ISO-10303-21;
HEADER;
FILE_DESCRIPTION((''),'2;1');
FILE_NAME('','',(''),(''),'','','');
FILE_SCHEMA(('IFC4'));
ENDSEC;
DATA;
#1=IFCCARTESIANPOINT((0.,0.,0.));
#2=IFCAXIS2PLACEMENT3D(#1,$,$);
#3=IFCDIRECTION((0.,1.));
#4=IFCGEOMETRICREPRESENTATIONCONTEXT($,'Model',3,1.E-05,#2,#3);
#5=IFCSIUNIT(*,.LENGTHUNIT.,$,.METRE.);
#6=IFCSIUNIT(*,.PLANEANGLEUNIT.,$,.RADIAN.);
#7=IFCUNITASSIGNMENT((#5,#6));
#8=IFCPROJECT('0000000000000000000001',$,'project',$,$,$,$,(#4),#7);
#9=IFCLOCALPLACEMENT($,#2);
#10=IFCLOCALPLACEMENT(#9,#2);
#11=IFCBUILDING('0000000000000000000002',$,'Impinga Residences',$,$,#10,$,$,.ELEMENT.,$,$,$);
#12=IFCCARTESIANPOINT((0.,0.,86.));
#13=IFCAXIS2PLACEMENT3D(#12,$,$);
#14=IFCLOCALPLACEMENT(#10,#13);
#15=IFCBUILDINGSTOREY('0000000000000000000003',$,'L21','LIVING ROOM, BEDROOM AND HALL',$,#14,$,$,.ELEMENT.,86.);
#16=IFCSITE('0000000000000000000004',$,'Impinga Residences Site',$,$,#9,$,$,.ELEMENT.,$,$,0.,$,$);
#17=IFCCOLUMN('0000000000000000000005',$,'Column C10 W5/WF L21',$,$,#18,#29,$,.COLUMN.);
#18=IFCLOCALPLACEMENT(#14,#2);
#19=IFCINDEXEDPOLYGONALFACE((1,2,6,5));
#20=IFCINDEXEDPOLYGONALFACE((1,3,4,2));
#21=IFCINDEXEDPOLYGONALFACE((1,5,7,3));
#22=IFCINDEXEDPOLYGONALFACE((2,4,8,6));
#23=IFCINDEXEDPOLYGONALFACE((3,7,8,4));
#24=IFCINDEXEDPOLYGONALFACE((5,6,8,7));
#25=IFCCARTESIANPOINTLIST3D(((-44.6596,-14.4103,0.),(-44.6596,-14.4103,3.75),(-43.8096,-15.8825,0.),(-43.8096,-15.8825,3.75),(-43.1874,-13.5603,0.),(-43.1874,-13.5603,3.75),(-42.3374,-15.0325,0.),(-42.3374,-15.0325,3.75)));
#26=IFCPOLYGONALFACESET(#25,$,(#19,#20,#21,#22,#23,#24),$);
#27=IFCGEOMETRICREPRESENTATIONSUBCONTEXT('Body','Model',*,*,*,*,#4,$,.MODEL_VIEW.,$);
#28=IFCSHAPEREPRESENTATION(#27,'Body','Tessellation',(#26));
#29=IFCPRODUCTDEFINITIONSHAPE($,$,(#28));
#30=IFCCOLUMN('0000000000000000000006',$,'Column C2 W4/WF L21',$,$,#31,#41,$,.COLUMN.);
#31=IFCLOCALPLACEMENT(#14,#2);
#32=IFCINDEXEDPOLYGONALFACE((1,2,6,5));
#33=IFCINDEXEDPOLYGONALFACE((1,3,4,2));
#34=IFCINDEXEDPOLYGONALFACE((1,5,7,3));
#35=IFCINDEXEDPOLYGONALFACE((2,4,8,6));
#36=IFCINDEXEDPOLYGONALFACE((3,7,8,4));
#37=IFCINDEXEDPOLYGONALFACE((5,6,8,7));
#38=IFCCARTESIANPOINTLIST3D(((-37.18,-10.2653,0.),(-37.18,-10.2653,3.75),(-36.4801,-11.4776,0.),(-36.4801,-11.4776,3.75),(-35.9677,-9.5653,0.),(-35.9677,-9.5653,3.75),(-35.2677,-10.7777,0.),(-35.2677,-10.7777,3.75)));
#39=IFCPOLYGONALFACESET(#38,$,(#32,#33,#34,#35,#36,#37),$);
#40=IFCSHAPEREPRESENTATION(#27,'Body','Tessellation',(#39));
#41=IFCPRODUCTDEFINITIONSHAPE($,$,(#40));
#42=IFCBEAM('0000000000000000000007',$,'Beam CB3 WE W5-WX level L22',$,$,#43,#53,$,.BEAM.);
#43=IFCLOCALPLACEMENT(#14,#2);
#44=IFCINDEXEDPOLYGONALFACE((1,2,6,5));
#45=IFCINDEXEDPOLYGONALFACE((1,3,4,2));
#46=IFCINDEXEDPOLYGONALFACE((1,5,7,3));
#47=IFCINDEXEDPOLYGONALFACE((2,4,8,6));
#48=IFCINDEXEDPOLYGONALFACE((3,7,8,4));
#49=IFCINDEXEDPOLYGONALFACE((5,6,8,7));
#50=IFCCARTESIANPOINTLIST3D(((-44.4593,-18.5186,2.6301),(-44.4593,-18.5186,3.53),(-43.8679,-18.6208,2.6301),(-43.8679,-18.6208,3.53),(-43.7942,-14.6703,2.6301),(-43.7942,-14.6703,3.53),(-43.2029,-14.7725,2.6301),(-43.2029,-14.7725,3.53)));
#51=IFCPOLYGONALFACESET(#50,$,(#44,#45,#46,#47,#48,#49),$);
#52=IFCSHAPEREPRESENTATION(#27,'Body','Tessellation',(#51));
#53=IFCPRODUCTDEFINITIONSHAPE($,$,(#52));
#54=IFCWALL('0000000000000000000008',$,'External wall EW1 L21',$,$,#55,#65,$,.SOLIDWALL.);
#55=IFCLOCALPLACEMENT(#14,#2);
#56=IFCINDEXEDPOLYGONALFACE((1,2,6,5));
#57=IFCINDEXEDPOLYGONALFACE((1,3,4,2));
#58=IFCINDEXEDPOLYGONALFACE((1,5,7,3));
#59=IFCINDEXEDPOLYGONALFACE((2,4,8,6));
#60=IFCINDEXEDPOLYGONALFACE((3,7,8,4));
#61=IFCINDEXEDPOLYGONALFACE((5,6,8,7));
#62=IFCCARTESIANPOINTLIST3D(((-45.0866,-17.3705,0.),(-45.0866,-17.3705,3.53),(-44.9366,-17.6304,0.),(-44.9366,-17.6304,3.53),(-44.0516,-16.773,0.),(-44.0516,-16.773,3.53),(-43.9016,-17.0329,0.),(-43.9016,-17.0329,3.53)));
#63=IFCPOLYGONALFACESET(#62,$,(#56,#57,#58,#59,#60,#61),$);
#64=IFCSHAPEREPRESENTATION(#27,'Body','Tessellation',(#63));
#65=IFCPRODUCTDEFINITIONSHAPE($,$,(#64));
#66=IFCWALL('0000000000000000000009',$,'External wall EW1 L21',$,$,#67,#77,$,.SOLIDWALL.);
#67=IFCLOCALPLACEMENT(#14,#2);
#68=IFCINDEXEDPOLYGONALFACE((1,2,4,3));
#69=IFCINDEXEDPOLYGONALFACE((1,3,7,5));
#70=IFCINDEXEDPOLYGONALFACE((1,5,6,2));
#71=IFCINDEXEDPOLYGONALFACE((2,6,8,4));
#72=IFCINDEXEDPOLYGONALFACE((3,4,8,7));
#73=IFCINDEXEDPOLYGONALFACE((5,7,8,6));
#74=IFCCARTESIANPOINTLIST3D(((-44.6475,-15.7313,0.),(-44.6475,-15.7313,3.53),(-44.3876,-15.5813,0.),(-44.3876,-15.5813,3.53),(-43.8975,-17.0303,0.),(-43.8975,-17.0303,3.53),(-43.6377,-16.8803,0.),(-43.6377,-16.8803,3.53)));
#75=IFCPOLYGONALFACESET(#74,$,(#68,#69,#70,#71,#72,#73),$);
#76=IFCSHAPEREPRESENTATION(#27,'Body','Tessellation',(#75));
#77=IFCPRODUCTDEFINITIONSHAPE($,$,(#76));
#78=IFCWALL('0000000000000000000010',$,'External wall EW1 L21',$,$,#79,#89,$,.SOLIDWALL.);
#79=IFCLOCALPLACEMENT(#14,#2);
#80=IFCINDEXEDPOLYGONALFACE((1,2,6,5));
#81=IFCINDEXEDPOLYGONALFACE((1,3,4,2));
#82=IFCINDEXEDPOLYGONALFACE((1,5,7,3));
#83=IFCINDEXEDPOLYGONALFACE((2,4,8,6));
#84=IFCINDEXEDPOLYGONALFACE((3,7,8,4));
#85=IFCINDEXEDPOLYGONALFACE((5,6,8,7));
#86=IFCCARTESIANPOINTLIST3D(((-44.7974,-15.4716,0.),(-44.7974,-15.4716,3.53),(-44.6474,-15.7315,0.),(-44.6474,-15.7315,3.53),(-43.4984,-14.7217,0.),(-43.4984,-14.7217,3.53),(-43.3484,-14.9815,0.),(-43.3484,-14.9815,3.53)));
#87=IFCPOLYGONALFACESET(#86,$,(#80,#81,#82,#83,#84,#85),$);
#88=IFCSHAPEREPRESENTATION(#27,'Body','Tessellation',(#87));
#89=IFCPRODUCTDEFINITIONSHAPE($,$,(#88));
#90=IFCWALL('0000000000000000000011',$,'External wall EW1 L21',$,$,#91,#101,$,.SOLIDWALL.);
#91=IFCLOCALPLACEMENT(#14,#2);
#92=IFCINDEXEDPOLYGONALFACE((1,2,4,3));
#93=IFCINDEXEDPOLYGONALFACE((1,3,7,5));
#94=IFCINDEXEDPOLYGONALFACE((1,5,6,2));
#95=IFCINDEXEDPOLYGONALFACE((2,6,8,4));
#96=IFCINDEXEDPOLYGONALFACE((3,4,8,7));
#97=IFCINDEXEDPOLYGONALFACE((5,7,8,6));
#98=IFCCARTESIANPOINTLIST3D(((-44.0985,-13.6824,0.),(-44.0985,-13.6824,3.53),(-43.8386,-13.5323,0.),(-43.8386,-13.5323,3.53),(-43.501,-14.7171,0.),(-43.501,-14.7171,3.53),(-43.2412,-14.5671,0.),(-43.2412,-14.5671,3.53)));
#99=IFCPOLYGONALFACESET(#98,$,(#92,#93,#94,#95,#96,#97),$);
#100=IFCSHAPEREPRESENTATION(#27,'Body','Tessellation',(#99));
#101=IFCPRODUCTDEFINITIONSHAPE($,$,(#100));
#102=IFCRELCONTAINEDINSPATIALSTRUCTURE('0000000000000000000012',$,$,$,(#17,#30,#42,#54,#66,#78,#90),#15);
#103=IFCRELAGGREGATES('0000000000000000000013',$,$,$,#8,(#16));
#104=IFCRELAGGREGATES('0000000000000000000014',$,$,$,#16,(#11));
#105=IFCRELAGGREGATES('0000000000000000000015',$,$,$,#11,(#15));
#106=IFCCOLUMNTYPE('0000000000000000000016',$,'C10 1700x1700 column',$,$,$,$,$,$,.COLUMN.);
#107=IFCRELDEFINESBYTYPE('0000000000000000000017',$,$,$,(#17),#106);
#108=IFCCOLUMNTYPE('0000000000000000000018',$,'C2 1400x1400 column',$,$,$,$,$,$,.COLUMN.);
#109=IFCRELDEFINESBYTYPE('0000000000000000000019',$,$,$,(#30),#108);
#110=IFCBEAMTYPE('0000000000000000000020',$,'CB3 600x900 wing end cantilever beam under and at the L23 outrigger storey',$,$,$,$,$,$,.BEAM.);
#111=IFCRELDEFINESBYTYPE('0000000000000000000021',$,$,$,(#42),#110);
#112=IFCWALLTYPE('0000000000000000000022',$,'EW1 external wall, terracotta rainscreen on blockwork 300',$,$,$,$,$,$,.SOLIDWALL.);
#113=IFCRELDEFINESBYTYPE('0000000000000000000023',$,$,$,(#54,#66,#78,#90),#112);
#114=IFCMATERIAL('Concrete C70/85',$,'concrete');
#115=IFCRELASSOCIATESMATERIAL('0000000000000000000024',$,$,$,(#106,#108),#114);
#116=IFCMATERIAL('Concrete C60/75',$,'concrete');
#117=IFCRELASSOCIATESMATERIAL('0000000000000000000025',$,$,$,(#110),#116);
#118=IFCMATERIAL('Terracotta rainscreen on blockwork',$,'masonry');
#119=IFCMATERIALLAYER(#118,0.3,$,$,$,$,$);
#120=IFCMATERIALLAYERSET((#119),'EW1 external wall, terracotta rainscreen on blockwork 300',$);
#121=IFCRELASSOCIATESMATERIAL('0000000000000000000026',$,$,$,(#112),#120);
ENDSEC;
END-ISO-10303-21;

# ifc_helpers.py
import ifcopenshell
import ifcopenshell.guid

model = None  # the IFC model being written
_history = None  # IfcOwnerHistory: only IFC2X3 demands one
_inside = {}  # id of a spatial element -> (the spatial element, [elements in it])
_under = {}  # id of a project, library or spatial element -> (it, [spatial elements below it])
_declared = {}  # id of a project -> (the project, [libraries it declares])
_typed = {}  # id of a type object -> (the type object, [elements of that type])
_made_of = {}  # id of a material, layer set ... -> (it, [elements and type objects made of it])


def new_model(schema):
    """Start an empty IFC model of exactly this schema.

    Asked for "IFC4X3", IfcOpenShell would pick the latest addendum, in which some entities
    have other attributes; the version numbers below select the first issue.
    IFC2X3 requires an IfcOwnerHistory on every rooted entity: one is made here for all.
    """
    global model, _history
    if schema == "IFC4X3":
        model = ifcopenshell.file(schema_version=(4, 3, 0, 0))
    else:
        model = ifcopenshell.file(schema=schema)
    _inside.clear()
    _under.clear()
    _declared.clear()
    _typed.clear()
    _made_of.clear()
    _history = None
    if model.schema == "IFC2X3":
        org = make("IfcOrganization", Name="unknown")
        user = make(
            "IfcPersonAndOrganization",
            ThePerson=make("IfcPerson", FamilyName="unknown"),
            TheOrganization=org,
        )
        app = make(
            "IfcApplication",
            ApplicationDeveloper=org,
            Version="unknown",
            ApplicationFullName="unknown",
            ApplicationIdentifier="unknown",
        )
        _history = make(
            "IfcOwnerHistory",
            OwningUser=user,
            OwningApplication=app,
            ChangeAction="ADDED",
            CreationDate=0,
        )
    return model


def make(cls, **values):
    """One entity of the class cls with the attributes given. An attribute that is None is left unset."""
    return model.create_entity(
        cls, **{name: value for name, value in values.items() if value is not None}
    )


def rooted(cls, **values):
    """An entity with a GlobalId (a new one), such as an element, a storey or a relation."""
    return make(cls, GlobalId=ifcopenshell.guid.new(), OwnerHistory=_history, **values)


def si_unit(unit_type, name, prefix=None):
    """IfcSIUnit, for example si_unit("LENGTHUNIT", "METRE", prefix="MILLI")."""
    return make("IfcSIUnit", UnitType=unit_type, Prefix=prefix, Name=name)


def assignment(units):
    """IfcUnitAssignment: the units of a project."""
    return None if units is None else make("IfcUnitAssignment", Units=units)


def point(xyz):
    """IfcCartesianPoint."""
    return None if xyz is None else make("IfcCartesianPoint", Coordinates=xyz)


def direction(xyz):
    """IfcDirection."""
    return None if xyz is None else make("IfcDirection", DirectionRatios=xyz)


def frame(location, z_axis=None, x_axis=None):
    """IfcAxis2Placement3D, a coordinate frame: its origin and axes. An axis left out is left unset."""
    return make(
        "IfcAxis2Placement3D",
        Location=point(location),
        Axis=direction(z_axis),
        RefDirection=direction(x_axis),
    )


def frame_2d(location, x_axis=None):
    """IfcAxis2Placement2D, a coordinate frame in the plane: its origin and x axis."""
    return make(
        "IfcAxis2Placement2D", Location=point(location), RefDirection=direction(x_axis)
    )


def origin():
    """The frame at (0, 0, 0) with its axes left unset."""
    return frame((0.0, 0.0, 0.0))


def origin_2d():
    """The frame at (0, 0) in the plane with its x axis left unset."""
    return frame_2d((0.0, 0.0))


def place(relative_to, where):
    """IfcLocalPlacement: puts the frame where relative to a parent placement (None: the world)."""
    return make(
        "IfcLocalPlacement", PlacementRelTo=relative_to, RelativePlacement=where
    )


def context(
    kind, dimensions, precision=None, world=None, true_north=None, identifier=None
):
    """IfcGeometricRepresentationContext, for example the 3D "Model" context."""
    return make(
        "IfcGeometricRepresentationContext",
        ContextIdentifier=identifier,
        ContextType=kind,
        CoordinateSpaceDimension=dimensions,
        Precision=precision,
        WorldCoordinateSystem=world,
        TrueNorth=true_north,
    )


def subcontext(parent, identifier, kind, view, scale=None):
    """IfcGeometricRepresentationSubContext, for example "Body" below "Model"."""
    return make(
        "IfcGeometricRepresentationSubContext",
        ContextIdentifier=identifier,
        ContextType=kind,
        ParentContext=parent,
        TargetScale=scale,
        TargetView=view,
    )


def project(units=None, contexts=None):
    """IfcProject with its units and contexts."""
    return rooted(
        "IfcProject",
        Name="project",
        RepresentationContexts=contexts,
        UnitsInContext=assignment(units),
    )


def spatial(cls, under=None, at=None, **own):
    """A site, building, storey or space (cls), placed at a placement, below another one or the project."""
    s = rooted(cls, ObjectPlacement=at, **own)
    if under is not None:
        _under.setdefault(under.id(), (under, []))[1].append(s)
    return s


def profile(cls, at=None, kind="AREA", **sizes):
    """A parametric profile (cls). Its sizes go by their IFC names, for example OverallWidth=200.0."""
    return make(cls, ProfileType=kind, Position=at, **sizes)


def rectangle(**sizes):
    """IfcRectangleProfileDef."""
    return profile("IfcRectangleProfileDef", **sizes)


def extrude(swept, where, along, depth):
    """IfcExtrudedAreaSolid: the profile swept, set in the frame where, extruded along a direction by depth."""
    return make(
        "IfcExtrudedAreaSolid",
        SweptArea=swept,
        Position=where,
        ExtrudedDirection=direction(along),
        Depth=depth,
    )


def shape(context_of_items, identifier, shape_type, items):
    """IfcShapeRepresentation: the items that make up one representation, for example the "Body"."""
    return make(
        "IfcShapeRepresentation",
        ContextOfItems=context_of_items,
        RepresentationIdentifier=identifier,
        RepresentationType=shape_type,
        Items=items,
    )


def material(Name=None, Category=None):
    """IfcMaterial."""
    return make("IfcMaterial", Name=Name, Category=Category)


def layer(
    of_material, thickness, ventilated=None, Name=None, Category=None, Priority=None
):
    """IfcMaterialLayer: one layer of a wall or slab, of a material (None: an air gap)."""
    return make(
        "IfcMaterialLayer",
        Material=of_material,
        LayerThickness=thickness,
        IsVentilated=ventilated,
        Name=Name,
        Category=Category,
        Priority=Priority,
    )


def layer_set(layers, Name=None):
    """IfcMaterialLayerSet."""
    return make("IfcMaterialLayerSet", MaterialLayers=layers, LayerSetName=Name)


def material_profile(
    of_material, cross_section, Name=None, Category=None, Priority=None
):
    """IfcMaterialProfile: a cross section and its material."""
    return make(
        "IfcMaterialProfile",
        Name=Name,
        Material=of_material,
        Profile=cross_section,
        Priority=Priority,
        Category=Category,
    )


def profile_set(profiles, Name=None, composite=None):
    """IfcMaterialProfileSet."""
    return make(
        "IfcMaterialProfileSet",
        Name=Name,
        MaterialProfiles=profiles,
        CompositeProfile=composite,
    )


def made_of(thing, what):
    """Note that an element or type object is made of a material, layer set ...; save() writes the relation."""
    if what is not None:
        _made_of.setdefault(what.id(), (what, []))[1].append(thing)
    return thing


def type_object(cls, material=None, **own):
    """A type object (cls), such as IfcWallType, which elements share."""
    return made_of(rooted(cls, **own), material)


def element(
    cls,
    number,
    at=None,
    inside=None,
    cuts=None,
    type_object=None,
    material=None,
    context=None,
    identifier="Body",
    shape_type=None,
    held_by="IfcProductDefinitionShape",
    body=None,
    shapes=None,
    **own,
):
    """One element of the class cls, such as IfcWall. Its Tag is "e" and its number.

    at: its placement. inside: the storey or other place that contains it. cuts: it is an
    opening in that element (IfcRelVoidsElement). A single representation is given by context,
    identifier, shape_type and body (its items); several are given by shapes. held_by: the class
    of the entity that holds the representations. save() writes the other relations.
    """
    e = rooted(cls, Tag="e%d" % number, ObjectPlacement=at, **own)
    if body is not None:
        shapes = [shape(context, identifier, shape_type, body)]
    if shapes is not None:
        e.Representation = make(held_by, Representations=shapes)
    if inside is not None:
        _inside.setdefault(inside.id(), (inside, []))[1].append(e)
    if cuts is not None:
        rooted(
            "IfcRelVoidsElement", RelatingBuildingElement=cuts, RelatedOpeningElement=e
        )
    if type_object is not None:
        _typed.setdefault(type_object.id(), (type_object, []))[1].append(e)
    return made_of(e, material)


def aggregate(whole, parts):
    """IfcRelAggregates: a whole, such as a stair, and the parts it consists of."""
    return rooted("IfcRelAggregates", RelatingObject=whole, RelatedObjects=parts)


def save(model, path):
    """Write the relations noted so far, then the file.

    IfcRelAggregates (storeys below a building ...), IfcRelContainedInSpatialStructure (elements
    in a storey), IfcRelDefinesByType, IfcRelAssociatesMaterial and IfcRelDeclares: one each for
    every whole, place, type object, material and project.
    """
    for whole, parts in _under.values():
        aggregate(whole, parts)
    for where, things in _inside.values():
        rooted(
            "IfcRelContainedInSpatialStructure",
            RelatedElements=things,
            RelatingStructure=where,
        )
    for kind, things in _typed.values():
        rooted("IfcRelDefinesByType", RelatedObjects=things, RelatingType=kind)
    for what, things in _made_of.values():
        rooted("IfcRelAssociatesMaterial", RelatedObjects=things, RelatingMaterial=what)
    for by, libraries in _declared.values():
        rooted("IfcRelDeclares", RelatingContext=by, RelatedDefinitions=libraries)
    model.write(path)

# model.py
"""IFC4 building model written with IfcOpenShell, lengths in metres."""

from ifc_helpers import new_model, si_unit, direction, frame, frame_2d, origin, origin_2d, place, context, subcontext, project, spatial, rectangle, extrude, material, layer, layer_set, material_profile, profile_set, type_object, element, save


model = new_model("IFC4")

# Units and contexts
model_context = context("Model", 3, precision=1e-05, world=origin(), true_north=direction((0.0, 1.0)))
body_context = subcontext(model_context, "Body", "Model", "MODEL_VIEW")
ifc_project = project(units=[si_unit("LENGTHUNIT", "METRE"), si_unit("PLANEANGLEUNIT", "RADIAN")], contexts=[model_context])

# Site, building, storey
site_placement = place(None, origin())
site = spatial("IfcSite", under=ifc_project, at=site_placement, Name="Impinga Residences Site", CompositionType="ELEMENT", RefElevation=0.0)
building_placement = place(site_placement, origin())
building = spatial("IfcBuilding", under=site, at=building_placement, Name="Impinga Residences", CompositionType="ELEMENT")
storey_placement = place(building_placement, frame((0.0, 0.0, 86.0)))
storey = spatial("IfcBuildingStorey", under=building, at=storey_placement, Name="L21", Description="LIVING ROOM, BEDROOM AND HALL", CompositionType="ELEMENT", Elevation=86.0)

# Columns
ifc_material_1 = material(Name="Concrete C70/85", Category="concrete")
ifc_material_profile_1 = material_profile(ifc_material_1, rectangle(XDim=1.7, YDim=1.7, at=origin_2d()), Name="RC 1700x1700")
ifc_profile_set_1 = profile_set([ifc_material_profile_1], Name="Concrete C70/85")
column_type_1 = type_object("IfcColumnType", Name="C10 1700x1700 column", PredefinedType="COLUMN", material=ifc_profile_set_1)
column_1_placement = place(storey_placement, frame((-43.4985, -14.7214, 0.0), z_axis=(0.0, 0.0, 1.0), x_axis=(-0.5, 0.866025, 0.0)))
element("IfcColumn", 1, at=column_1_placement, inside=storey, type_object=column_type_1, Name="Column C10 W5/WF L21", PredefinedType="COLUMN", context=body_context, shape_type="SweptSolid", body=[
    extrude(rectangle(XDim=1.7, YDim=1.7, at=origin_2d()), origin(), (0.0, 0.0, 1.0), 3.75),
])
ifc_material_profile_2 = material_profile(ifc_material_1, rectangle(XDim=1.3999, YDim=1.3999, at=origin_2d()), Name="RC 1400x1400")
ifc_profile_set_2 = profile_set([ifc_material_profile_2], Name="Concrete C70/85")
column_type_2 = type_object("IfcColumnType", Name="C2 1400x1400 column", PredefinedType="COLUMN", material=ifc_profile_set_2)
column_2_placement = place(storey_placement, frame((-36.2239, -10.5215, 0.0), z_axis=(0.0, 0.0, 1.0), x_axis=(-0.5, 0.866025, 0.0)))
element("IfcColumn", 2, at=column_2_placement, inside=storey, type_object=column_type_2, Name="Column C2 W4/WF L21", PredefinedType="COLUMN", context=body_context, shape_type="SweptSolid", body=[
    extrude(rectangle(XDim=1.3999, YDim=1.3999, at=origin_2d()), origin(), (0.0, 0.0, 1.0), 3.75),
])

# Beam
ifc_material_2 = material(Name="Concrete C60/75", Category="concrete")
ifc_material_profile_3 = material_profile(ifc_material_2, rectangle(XDim=0.6001, YDim=0.8999, at=origin_2d()), Name="RC 600x900")
ifc_profile_set_3 = profile_set([ifc_material_profile_3], Name="Concrete C60/75")
beam_type = type_object("IfcBeamType", Name="CB3 600x900 wing end cantilever beam under and at the L23 outrigger storey", PredefinedType="BEAM", material=ifc_profile_set_3)
beam_placement = place(storey_placement, frame((-43.4985, -14.7214, 3.0801), z_axis=(-0.170296, -0.985393, 0.0), x_axis=(0.985393, -0.170296, 0.0)))
element("IfcBeam", 3, at=beam_placement, inside=storey, type_object=beam_type, Name="Beam CB3 WE W5-WX level L22", PredefinedType="BEAM", context=body_context, shape_type="SweptSolid", body=[
    extrude(rectangle(XDim=0.6001, YDim=0.8999, at=origin_2d()), origin(), (0.0, 0.0, 1.0), 3.9053),
])

# Walls
ifc_material_3 = material(Name="Terracotta rainscreen on blockwork", Category="masonry")
ifc_layer_1 = layer(ifc_material_3, 0.3)
ifc_layer_set_1 = layer_set([ifc_layer_1], Name="EW1 external wall, terracotta rainscreen on blockwork 300")
wall_type_1 = type_object("IfcWallType", Name="EW1 external wall, terracotta rainscreen on blockwork 300", PredefinedType="SOLIDWALL", material=ifc_layer_set_1)
wall_1_placement = place(storey_placement, frame((-45.0117, -17.5005, 0.0), z_axis=(0.0, 0.0, 1.0), x_axis=(0.86606, 0.499941, 0.0)))
element("IfcWall", 4, at=wall_1_placement, inside=storey, type_object=wall_type_1, Name="External wall EW1 L21", PredefinedType="SOLIDWALL", context=body_context, shape_type="SweptSolid", body=[
    extrude(rectangle(XDim=1.1951, YDim=0.3, at=frame_2d((0.5977, 0.0))), origin(), (0.0, 0.0, 1.0), 3.53),
])
for number, where, z_axis, x_axis, name in (
    (5, (-43.7676, -16.9553, 0.0), (0.0, 0.0, 1.0), (-0.49999, 0.866031, 0.0), "External wall EW1 L21"),
    (6, (-44.7224, -15.6016, 0.0), (0.0, 0.0, 1.0), (0.866031, 0.49999, 0.0), "External wall EW1 L21"),
):
    element("IfcWall", number, at=place(storey_placement, frame(where, z_axis=z_axis, x_axis=x_axis)), inside=storey, type_object=wall_type_1, Name=name, PredefinedType="SOLIDWALL", context=body_context, shape_type="SweptSolid", body=[
        extrude(rectangle(XDim=1.5, YDim=0.3, at=frame_2d((0.75, 0.0))), origin(), (0.0, 0.0, 1.0), 3.53),
    ])
wall_2_placement = place(storey_placement, frame((-43.3711, -14.6421, 0.0), z_axis=(0.0, 0.0, 1.0), x_axis=(-0.500029, 0.866009, 0.0)))
element("IfcWall", 7, at=wall_2_placement, inside=storey, type_object=wall_type_1, Name="External wall EW1 L21", PredefinedType="SOLIDWALL", context=body_context, shape_type="SweptSolid", body=[
    extrude(rectangle(XDim=1.1948, YDim=0.3, at=frame_2d((0.5974, 0.0))), origin(), (0.0, 0.0, 1.0), 3.53),
])

save(model, "model.ifc")
